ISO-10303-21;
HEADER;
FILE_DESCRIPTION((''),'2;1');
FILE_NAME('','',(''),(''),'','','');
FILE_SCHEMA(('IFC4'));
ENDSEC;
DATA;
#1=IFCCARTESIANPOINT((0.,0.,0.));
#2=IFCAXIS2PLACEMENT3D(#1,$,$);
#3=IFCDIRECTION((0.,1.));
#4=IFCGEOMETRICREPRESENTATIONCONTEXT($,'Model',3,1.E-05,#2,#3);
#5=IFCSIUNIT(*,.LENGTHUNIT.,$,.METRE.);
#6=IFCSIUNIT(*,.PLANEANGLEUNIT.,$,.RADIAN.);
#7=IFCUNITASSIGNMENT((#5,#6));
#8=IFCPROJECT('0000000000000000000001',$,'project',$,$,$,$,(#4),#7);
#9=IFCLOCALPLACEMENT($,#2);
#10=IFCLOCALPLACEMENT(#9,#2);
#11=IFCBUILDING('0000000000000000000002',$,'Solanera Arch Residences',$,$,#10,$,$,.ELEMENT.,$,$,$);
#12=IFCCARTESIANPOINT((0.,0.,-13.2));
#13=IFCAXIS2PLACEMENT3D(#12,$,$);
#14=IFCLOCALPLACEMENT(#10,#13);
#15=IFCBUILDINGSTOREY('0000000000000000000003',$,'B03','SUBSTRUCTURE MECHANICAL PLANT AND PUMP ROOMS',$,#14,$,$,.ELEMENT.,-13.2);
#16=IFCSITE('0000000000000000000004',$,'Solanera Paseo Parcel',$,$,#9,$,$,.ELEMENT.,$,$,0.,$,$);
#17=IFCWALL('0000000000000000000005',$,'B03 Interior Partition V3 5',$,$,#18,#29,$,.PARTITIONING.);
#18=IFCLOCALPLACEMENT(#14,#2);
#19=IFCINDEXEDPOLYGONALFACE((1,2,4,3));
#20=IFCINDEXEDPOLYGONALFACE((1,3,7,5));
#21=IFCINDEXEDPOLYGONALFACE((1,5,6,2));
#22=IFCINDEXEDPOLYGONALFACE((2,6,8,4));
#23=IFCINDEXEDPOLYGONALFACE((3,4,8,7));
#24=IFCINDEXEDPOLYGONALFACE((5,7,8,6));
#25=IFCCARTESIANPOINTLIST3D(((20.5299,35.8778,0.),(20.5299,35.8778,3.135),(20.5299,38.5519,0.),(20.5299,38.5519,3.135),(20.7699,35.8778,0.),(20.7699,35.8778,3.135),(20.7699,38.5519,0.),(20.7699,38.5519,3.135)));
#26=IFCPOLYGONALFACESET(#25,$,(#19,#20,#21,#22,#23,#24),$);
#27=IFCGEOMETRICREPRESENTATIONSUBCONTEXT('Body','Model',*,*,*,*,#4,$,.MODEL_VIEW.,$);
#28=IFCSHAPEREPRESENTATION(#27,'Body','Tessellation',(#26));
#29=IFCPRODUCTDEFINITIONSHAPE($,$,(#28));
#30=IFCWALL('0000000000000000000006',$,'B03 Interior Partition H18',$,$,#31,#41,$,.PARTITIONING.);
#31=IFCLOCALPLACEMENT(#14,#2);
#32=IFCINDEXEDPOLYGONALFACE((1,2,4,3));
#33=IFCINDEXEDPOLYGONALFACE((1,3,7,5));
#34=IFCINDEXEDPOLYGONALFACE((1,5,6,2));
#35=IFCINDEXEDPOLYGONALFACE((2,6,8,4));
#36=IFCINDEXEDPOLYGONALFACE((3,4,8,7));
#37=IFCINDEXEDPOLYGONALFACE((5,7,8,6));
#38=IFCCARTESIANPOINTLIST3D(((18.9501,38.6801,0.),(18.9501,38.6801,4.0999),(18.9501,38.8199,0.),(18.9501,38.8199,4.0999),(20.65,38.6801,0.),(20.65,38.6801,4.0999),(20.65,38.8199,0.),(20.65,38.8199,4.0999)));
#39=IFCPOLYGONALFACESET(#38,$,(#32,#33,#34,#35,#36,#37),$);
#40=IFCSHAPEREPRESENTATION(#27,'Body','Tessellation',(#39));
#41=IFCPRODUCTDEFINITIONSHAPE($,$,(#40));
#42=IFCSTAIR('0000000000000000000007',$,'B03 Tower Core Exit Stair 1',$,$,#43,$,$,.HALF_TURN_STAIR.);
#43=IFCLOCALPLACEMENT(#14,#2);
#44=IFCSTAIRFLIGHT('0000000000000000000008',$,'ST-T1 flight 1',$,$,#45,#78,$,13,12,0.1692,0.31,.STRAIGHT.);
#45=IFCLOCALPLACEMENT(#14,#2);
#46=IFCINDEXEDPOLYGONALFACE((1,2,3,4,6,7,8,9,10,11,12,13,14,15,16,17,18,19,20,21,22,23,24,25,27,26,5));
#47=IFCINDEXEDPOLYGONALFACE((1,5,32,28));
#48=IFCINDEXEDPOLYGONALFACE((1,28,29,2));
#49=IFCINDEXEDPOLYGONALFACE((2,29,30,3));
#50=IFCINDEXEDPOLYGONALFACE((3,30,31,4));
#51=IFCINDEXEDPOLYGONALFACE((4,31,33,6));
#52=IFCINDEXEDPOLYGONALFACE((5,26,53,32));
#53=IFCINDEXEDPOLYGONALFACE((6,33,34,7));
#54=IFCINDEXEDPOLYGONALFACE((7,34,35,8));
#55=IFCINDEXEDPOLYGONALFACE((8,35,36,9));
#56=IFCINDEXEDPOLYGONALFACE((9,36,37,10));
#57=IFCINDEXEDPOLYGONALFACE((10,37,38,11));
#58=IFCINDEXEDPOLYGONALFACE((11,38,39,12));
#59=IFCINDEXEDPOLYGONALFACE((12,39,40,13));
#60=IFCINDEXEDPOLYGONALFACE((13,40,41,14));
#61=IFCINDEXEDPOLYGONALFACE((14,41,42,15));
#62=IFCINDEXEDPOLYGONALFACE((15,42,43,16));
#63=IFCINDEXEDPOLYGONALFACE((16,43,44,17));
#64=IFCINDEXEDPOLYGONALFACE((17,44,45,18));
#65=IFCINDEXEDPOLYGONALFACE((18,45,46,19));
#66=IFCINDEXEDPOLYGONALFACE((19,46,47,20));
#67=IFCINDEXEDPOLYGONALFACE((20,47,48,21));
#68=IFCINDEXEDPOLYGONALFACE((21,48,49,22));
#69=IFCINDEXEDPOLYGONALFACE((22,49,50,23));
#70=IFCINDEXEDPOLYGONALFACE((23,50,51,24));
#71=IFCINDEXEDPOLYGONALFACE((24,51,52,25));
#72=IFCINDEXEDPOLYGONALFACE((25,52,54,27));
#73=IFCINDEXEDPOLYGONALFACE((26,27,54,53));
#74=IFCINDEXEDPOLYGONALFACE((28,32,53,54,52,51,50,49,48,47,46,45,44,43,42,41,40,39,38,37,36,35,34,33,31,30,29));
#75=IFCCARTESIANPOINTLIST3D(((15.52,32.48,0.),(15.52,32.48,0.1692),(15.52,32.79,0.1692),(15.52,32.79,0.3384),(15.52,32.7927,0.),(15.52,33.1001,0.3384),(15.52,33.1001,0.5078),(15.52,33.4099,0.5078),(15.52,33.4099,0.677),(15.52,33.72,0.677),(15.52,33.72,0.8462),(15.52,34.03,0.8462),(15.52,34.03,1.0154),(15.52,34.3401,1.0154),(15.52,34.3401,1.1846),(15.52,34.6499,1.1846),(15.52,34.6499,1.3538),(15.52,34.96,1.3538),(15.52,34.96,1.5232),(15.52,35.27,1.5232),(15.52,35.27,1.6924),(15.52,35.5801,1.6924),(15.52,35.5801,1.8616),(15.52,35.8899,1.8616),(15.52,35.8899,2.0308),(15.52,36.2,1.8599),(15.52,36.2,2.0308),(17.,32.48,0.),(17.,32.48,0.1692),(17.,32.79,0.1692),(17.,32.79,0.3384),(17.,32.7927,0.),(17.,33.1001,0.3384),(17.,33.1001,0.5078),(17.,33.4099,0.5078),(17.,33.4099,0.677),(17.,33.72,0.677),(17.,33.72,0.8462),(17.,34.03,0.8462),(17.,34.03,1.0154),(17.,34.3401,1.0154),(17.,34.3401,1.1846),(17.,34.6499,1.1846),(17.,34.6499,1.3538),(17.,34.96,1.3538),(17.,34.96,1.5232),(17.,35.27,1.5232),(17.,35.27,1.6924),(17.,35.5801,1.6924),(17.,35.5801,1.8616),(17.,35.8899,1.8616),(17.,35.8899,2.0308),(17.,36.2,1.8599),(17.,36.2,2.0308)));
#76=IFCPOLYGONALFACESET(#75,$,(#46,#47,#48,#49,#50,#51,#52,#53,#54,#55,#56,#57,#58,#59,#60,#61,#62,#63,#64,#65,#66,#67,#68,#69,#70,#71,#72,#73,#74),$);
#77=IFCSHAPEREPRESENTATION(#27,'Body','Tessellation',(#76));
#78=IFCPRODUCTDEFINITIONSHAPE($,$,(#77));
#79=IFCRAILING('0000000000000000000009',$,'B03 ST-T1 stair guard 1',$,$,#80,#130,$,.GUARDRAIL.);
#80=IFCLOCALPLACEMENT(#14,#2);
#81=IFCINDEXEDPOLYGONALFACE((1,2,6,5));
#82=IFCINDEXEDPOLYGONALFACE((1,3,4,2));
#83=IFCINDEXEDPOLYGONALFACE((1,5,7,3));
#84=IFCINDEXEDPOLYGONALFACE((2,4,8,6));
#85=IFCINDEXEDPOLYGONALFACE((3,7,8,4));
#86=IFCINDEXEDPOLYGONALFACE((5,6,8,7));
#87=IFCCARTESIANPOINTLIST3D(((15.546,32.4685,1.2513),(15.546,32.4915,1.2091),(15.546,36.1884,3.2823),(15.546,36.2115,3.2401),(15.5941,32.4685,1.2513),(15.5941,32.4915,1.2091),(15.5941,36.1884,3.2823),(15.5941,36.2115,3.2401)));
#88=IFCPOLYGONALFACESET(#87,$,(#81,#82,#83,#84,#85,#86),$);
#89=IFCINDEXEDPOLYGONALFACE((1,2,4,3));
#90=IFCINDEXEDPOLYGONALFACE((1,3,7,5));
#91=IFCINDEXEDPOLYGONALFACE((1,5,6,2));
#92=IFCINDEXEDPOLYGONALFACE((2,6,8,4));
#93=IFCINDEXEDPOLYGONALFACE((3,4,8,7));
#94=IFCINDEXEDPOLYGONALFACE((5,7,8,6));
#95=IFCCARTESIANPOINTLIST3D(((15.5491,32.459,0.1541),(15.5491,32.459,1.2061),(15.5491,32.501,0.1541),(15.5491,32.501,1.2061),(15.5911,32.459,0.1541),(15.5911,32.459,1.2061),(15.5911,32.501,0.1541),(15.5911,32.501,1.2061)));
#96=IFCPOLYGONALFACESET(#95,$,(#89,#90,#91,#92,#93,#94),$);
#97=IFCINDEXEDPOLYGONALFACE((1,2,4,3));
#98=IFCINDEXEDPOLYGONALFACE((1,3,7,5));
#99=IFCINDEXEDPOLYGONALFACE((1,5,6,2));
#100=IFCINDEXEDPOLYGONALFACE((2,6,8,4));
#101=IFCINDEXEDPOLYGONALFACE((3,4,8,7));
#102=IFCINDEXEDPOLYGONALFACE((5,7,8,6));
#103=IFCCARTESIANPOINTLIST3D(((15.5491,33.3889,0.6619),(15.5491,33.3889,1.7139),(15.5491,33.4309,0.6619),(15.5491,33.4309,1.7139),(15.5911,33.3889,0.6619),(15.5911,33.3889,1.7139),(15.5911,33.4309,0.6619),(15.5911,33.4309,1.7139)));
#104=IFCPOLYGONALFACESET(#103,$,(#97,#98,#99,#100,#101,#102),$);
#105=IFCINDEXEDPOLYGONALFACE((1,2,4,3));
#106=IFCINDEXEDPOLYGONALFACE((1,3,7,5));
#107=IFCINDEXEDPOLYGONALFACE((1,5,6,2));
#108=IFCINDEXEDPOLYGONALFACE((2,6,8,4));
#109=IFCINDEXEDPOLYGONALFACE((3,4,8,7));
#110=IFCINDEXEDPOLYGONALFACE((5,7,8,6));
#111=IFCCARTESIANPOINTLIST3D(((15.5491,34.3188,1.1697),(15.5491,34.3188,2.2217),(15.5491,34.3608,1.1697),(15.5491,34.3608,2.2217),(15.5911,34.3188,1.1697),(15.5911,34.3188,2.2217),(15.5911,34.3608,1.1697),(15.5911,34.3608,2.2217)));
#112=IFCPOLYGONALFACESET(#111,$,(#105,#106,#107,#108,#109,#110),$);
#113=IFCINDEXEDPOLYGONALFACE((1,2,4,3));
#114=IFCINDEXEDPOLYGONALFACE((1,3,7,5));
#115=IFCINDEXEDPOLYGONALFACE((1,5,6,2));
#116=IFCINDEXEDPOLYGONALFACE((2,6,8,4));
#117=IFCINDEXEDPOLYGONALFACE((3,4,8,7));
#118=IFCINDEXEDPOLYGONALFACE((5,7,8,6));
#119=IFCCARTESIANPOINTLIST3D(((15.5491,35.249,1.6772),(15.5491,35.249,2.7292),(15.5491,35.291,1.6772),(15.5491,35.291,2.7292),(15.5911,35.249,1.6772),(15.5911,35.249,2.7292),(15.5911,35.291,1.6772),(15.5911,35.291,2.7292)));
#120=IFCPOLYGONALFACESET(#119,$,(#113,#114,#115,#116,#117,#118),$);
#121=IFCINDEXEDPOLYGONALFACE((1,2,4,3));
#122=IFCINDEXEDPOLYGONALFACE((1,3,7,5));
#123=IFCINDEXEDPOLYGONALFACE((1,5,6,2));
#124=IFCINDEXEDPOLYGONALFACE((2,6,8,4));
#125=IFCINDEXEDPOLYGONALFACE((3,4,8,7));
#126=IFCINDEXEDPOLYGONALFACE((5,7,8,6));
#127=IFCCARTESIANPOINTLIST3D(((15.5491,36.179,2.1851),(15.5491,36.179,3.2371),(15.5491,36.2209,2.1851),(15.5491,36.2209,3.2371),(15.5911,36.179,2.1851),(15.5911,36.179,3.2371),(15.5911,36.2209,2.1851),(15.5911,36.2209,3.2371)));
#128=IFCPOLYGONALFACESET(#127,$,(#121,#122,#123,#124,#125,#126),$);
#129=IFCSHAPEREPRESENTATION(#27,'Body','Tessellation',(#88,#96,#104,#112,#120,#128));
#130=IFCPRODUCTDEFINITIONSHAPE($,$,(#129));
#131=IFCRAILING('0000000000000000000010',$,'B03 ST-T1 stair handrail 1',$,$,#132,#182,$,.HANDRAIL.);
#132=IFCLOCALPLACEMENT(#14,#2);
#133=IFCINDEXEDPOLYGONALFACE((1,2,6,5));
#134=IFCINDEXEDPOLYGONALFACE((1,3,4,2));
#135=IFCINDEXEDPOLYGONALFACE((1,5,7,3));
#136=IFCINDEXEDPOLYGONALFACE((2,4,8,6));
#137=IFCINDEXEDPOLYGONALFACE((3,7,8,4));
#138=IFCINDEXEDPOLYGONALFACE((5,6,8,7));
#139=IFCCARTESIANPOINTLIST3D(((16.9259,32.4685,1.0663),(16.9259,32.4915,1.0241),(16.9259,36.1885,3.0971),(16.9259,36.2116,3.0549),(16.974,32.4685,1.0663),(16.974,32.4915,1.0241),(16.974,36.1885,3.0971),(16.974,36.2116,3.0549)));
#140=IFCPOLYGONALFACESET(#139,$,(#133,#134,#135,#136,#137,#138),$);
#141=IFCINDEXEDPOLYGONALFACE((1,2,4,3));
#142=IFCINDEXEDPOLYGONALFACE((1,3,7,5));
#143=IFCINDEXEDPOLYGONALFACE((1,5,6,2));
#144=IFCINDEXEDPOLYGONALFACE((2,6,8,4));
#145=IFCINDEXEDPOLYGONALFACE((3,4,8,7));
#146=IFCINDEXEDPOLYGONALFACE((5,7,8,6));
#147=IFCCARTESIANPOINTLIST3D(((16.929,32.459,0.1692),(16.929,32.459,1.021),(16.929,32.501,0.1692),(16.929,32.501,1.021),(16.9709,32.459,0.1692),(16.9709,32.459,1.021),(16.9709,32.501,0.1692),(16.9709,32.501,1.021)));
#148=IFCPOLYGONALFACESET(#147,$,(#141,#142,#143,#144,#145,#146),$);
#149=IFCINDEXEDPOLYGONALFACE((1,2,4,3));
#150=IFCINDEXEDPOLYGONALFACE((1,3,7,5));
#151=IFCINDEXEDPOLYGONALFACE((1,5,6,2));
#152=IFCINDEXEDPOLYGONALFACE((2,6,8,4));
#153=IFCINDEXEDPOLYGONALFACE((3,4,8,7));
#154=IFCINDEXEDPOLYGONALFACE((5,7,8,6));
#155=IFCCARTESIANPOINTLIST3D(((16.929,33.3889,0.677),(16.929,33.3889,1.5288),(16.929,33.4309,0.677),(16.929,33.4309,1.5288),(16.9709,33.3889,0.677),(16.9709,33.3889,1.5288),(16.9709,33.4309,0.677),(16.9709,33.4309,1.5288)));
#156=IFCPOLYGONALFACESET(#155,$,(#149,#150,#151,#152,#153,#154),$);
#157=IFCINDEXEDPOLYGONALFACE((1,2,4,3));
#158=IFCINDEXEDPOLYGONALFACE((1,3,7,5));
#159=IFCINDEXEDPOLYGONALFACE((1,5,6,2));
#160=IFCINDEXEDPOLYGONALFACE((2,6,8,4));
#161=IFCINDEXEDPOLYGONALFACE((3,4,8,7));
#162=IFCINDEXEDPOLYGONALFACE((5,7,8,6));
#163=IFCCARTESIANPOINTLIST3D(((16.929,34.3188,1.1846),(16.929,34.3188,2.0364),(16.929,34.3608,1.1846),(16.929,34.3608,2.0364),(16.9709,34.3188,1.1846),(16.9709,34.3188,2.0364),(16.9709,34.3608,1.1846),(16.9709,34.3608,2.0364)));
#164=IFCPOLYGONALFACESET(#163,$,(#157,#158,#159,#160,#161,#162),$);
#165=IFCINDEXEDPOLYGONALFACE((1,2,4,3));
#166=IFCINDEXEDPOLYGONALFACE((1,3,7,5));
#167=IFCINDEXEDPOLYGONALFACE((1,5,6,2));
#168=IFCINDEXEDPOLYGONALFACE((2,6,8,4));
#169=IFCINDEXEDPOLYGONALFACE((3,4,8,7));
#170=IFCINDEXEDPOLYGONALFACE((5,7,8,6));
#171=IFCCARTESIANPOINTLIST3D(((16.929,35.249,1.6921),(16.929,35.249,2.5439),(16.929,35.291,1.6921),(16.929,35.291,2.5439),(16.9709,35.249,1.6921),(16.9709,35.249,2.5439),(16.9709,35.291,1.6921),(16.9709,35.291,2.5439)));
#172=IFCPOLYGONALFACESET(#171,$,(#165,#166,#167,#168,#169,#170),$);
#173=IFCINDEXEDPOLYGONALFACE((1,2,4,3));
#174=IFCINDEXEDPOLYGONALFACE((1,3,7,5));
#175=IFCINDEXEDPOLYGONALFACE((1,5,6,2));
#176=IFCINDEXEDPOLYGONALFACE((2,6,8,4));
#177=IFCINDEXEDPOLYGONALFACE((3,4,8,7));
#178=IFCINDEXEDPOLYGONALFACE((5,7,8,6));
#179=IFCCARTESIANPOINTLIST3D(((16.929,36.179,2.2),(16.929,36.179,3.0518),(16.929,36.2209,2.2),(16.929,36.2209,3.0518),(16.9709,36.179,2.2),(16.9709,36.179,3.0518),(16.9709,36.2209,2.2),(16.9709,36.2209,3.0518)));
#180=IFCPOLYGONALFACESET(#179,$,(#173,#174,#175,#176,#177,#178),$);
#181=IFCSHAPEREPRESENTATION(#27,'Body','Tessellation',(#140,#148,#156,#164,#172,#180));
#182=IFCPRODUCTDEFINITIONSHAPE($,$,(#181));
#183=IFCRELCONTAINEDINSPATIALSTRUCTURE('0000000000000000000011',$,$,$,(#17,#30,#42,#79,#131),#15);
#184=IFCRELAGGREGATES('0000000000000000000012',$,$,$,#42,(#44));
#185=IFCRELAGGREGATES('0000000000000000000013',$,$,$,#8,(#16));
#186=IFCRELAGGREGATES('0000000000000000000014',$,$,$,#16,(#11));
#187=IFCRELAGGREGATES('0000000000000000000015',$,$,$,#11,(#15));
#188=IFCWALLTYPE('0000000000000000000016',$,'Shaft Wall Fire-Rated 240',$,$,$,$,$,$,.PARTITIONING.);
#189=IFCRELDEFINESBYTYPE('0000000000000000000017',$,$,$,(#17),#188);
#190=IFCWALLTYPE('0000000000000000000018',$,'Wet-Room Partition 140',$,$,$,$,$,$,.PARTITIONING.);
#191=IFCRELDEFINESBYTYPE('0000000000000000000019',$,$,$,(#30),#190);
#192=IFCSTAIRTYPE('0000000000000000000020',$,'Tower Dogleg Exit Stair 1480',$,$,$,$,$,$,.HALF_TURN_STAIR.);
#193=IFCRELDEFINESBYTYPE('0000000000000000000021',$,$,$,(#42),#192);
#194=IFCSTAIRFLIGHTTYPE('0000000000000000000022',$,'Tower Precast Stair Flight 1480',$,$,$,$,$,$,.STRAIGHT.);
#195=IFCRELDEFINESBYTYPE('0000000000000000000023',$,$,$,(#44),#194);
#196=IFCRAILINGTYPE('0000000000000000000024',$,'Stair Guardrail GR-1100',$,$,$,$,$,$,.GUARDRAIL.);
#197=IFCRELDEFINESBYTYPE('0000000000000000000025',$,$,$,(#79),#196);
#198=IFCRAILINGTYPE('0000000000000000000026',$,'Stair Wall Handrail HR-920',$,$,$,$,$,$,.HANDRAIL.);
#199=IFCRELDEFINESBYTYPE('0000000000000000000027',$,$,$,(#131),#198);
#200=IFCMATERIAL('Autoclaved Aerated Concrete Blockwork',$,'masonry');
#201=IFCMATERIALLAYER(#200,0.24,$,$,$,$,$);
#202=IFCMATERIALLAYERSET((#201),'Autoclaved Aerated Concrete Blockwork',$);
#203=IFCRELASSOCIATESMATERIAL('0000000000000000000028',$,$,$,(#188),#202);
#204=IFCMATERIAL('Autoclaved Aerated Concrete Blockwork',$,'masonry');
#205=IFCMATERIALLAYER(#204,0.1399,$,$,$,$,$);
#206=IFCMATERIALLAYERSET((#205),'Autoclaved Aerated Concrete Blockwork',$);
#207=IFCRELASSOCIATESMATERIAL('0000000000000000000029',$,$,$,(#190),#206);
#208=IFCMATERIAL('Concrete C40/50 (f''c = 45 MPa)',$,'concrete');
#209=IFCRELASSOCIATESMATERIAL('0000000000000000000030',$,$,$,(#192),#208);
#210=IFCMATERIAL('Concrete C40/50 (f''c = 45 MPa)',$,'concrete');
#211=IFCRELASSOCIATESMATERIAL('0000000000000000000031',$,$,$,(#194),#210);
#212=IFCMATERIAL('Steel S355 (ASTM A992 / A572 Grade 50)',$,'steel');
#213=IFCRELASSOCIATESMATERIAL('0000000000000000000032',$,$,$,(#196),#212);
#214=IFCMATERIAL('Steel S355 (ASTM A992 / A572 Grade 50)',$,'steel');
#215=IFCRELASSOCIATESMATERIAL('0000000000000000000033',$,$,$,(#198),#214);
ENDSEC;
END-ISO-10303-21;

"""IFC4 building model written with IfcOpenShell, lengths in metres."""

from ifc_helpers import new_model, si_unit, direction, frame, frame_2d, origin, origin_2d, place, context, subcontext, project, spatial, polyline, rectangle, outline, extrude, material, layer, layer_set, type_object, element, aggregate, save


model = new_model("IFC4")

# Units and contexts
model_context = context("Model", 3, precision=1e-05, world=origin(), true_north=direction((0.0, 1.0)))
body_context = subcontext(model_context, "Body", "Model", "MODEL_VIEW")
ifc_project = project(units=[si_unit("LENGTHUNIT", "METRE"), si_unit("PLANEANGLEUNIT", "RADIAN")], contexts=[model_context])

# Site, building, storey
site_placement = place(None, origin())
site = spatial("IfcSite", under=ifc_project, at=site_placement, Name="Solanera Paseo Parcel", CompositionType="ELEMENT", RefElevation=0.0)
building_placement = place(site_placement, origin())
building = spatial("IfcBuilding", under=site, at=building_placement, Name="Solanera Arch Residences", CompositionType="ELEMENT")
storey_placement = place(building_placement, frame((0.0, 0.0, -13.2)))
storey = spatial("IfcBuildingStorey", under=building, at=storey_placement, Name="B03", Description="SUBSTRUCTURE MECHANICAL PLANT AND PUMP ROOMS", CompositionType="ELEMENT", Elevation=-13.2)

# Shared definitions
ifc_material_1 = material(Name="Autoclaved Aerated Concrete Blockwork", Category="masonry")
ifc_layer_1 = layer(ifc_material_1, 0.24)
ifc_layer_set_1 = layer_set([ifc_layer_1], Name="Autoclaved Aerated Concrete Blockwork")
wall_type_1 = type_object("IfcWallType", Name="Shaft Wall Fire-Rated 240", PredefinedType="PARTITIONING", material=ifc_layer_set_1)

# Walls
wall_1_placement = place(storey_placement, frame((20.6499, 35.8779, 0.0), z_axis=(0.0, 0.0, 1.0), x_axis=(0.0, 1.0, 0.0)))
element("IfcWall", 1, at=wall_1_placement, inside=storey, type_object=wall_type_1, Name="B03 Interior Partition V3 5", PredefinedType="PARTITIONING", context=body_context, shape_type="SweptSolid", body=[
    extrude(rectangle(XDim=2.6741, YDim=0.24, at=frame_2d((1.3369, 0.0))), origin(), (0.0, 0.0, 1.0), 3.135),
])
ifc_material_2 = material(Name="Autoclaved Aerated Concrete Blockwork", Category="masonry")
ifc_layer_2 = layer(ifc_material_2, 0.1399)
ifc_layer_set_2 = layer_set([ifc_layer_2], Name="Autoclaved Aerated Concrete Blockwork")
wall_type_2 = type_object("IfcWallType", Name="Wet-Room Partition 140", PredefinedType="PARTITIONING", material=ifc_layer_set_2)
wall_2_placement = place(storey_placement, frame((18.95, 38.75, 0.0), z_axis=(0.0, 0.0, 1.0), x_axis=(1.0, 0.0, 0.0)))
element("IfcWall", 2, at=wall_2_placement, inside=storey, type_object=wall_type_2, Name="B03 Interior Partition H18", PredefinedType="PARTITIONING", context=body_context, shape_type="SweptSolid", body=[
    extrude(rectangle(XDim=1.7, YDim=0.1399, at=frame_2d((0.8501, 0.0))), origin(), (0.0, 0.0, 1.0), 4.0999),
])

# Stair, stair flight
ifc_material_3 = material(Name="Concrete C40/50 (f'c = 45 MPa)", Category="concrete")
stair_type = type_object("IfcStairType", Name="Tower Dogleg Exit Stair 1480", PredefinedType="HALF_TURN_STAIR", material=ifc_material_3)
stair_placement = place(storey_placement, origin())
stair = element("IfcStair", 3, at=stair_placement, inside=storey, type_object=stair_type, Name="B03 Tower Core Exit Stair 1", PredefinedType="HALF_TURN_STAIR")
ifc_material_4 = material(Name="Concrete C40/50 (f'c = 45 MPa)", Category="concrete")
stair_flight_type = type_object("IfcStairFlightType", Name="Tower Precast Stair Flight 1480", PredefinedType="STRAIGHT", material=ifc_material_4)
stair_flight_placement = place(storey_placement, frame((16.26, 32.48, 0.0), z_axis=(0.0, 0.0, 1.0), x_axis=(0.0, 1.0, 0.0)))
stair_flight = element("IfcStairFlight", 4, at=stair_flight_placement, type_object=stair_flight_type, Name="ST-T1 flight 1", NumberOfRisers=13, NumberOfTreads=12, PredefinedType="STRAIGHT", RiserHeight=0.1692, TreadLength=0.31, context=body_context, shape_type="SweptSolid", body=[
    extrude(outline(polyline([(0.0, 0.0), (0.0, 0.1692), (0.3101, 0.1692), (0.3101, 0.3384), (0.6201, 0.3384), (0.6201, 0.5078), (0.9299, 0.5078), (0.9299, 0.677), (1.24, 0.677), (1.24, 0.8462), (1.55, 0.8462), (1.55, 1.0154), (1.8601, 1.0154), (1.8601, 1.1846), (2.1699, 1.1846), (2.1699, 1.3538), (2.48, 1.3538), (2.48, 1.5232), (2.79, 1.5232), (2.79, 1.6924), (3.1001, 1.6924), (3.1001, 1.8616), (3.4099, 1.8616), (3.4099, 2.0308), (3.72, 2.0308), (3.72, 2.2), (3.72, 1.8599), (0.3127, 0.0), (0.0, 0.0)])), frame((0.0, 0.74, 0.0), z_axis=(0.0, -1.0, 0.0), x_axis=(1.0, 0.0, 0.0)), (0.0, 0.0, 1.0), 1.48),
])
aggregate(stair, [stair_flight])

# Railings
ifc_material_5 = material(Name="Steel S355 (ASTM A992 / A572 Grade 50)", Category="steel")
railing_type_1 = type_object("IfcRailingType", Name="Stair Guardrail GR-1100", PredefinedType="GUARDRAIL", material=ifc_material_5)
railing_1_placement = place(storey_placement, frame((15.5701, 32.48, 0.1541)))
element("IfcRailing", 5, at=railing_1_placement, inside=storey, type_object=railing_type_1, Name="B03 ST-T1 stair guard 1", PredefinedType="GUARDRAIL", context=body_context, shape_type="SweptSolid", body=[
    extrude(rectangle(XDim=0.0481, YDim=0.0481, at=origin_2d()), frame((0.0, 0.0, 1.0762), z_axis=(0.0, 0.877704, 0.479203), x_axis=(-1.0, 0.0, 0.0)), (0.0, 0.0, 1.0), 4.2383),
    extrude(rectangle(XDim=0.042, YDim=0.042, at=origin_2d()), origin(), (0.0, 0.0, 1.0), 1.052),
    extrude(rectangle(XDim=0.042, YDim=0.042, at=origin_2d()), frame((0.0, 0.9299, 0.5078)), (0.0, 0.0, 1.0), 1.052),
    extrude(rectangle(XDim=0.042, YDim=0.042, at=origin_2d()), frame((0.0, 1.8599, 1.0156)), (0.0, 0.0, 1.0), 1.052),
    extrude(rectangle(XDim=0.042, YDim=0.042, at=origin_2d()), frame((0.0, 2.79, 1.5232)), (0.0, 0.0, 1.0), 1.052),
    extrude(rectangle(XDim=0.042, YDim=0.042, at=origin_2d()), frame((0.0, 3.72, 2.031)), (0.0, 0.0, 1.0), 1.052),
])
ifc_material_6 = material(Name="Steel S355 (ASTM A992 / A572 Grade 50)", Category="steel")
railing_type_2 = type_object("IfcRailingType", Name="Stair Wall Handrail HR-920", PredefinedType="HANDRAIL", material=ifc_material_6)
railing_2_placement = place(storey_placement, frame((16.95, 32.48, 0.1692)))
element("IfcRailing", 6, at=railing_2_placement, inside=storey, type_object=railing_type_2, Name="B03 ST-T1 stair handrail 1", PredefinedType="HANDRAIL", context=body_context, shape_type="SweptSolid", body=[
    extrude(rectangle(XDim=0.0481, YDim=0.0481, at=origin_2d()), frame((0.0, 0.0, 0.876), z_axis=(0.0, 0.877728, 0.479159), x_axis=(-1.0, 0.0, 0.0)), (0.0, 0.0, 1.0), 4.2383),
    extrude(rectangle(XDim=0.042, YDim=0.042, at=origin_2d()), origin(), (0.0, 0.0, 1.0), 0.8518),
    extrude(rectangle(XDim=0.042, YDim=0.042, at=origin_2d()), frame((0.0, 0.9299, 0.5078)), (0.0, 0.0, 1.0), 0.8518),
    extrude(rectangle(XDim=0.042, YDim=0.042, at=origin_2d()), frame((0.0, 1.8599, 1.0154)), (0.0, 0.0, 1.0), 0.8518),
    extrude(rectangle(XDim=0.042, YDim=0.042, at=origin_2d()), frame((0.0, 2.79, 1.5229)), (0.0, 0.0, 1.0), 0.8518),
    extrude(rectangle(XDim=0.042, YDim=0.042, at=origin_2d()), frame((0.0, 3.72, 2.0308)), (0.0, 0.0, 1.0), 0.8518),
])

save(model, "model.ifc")
